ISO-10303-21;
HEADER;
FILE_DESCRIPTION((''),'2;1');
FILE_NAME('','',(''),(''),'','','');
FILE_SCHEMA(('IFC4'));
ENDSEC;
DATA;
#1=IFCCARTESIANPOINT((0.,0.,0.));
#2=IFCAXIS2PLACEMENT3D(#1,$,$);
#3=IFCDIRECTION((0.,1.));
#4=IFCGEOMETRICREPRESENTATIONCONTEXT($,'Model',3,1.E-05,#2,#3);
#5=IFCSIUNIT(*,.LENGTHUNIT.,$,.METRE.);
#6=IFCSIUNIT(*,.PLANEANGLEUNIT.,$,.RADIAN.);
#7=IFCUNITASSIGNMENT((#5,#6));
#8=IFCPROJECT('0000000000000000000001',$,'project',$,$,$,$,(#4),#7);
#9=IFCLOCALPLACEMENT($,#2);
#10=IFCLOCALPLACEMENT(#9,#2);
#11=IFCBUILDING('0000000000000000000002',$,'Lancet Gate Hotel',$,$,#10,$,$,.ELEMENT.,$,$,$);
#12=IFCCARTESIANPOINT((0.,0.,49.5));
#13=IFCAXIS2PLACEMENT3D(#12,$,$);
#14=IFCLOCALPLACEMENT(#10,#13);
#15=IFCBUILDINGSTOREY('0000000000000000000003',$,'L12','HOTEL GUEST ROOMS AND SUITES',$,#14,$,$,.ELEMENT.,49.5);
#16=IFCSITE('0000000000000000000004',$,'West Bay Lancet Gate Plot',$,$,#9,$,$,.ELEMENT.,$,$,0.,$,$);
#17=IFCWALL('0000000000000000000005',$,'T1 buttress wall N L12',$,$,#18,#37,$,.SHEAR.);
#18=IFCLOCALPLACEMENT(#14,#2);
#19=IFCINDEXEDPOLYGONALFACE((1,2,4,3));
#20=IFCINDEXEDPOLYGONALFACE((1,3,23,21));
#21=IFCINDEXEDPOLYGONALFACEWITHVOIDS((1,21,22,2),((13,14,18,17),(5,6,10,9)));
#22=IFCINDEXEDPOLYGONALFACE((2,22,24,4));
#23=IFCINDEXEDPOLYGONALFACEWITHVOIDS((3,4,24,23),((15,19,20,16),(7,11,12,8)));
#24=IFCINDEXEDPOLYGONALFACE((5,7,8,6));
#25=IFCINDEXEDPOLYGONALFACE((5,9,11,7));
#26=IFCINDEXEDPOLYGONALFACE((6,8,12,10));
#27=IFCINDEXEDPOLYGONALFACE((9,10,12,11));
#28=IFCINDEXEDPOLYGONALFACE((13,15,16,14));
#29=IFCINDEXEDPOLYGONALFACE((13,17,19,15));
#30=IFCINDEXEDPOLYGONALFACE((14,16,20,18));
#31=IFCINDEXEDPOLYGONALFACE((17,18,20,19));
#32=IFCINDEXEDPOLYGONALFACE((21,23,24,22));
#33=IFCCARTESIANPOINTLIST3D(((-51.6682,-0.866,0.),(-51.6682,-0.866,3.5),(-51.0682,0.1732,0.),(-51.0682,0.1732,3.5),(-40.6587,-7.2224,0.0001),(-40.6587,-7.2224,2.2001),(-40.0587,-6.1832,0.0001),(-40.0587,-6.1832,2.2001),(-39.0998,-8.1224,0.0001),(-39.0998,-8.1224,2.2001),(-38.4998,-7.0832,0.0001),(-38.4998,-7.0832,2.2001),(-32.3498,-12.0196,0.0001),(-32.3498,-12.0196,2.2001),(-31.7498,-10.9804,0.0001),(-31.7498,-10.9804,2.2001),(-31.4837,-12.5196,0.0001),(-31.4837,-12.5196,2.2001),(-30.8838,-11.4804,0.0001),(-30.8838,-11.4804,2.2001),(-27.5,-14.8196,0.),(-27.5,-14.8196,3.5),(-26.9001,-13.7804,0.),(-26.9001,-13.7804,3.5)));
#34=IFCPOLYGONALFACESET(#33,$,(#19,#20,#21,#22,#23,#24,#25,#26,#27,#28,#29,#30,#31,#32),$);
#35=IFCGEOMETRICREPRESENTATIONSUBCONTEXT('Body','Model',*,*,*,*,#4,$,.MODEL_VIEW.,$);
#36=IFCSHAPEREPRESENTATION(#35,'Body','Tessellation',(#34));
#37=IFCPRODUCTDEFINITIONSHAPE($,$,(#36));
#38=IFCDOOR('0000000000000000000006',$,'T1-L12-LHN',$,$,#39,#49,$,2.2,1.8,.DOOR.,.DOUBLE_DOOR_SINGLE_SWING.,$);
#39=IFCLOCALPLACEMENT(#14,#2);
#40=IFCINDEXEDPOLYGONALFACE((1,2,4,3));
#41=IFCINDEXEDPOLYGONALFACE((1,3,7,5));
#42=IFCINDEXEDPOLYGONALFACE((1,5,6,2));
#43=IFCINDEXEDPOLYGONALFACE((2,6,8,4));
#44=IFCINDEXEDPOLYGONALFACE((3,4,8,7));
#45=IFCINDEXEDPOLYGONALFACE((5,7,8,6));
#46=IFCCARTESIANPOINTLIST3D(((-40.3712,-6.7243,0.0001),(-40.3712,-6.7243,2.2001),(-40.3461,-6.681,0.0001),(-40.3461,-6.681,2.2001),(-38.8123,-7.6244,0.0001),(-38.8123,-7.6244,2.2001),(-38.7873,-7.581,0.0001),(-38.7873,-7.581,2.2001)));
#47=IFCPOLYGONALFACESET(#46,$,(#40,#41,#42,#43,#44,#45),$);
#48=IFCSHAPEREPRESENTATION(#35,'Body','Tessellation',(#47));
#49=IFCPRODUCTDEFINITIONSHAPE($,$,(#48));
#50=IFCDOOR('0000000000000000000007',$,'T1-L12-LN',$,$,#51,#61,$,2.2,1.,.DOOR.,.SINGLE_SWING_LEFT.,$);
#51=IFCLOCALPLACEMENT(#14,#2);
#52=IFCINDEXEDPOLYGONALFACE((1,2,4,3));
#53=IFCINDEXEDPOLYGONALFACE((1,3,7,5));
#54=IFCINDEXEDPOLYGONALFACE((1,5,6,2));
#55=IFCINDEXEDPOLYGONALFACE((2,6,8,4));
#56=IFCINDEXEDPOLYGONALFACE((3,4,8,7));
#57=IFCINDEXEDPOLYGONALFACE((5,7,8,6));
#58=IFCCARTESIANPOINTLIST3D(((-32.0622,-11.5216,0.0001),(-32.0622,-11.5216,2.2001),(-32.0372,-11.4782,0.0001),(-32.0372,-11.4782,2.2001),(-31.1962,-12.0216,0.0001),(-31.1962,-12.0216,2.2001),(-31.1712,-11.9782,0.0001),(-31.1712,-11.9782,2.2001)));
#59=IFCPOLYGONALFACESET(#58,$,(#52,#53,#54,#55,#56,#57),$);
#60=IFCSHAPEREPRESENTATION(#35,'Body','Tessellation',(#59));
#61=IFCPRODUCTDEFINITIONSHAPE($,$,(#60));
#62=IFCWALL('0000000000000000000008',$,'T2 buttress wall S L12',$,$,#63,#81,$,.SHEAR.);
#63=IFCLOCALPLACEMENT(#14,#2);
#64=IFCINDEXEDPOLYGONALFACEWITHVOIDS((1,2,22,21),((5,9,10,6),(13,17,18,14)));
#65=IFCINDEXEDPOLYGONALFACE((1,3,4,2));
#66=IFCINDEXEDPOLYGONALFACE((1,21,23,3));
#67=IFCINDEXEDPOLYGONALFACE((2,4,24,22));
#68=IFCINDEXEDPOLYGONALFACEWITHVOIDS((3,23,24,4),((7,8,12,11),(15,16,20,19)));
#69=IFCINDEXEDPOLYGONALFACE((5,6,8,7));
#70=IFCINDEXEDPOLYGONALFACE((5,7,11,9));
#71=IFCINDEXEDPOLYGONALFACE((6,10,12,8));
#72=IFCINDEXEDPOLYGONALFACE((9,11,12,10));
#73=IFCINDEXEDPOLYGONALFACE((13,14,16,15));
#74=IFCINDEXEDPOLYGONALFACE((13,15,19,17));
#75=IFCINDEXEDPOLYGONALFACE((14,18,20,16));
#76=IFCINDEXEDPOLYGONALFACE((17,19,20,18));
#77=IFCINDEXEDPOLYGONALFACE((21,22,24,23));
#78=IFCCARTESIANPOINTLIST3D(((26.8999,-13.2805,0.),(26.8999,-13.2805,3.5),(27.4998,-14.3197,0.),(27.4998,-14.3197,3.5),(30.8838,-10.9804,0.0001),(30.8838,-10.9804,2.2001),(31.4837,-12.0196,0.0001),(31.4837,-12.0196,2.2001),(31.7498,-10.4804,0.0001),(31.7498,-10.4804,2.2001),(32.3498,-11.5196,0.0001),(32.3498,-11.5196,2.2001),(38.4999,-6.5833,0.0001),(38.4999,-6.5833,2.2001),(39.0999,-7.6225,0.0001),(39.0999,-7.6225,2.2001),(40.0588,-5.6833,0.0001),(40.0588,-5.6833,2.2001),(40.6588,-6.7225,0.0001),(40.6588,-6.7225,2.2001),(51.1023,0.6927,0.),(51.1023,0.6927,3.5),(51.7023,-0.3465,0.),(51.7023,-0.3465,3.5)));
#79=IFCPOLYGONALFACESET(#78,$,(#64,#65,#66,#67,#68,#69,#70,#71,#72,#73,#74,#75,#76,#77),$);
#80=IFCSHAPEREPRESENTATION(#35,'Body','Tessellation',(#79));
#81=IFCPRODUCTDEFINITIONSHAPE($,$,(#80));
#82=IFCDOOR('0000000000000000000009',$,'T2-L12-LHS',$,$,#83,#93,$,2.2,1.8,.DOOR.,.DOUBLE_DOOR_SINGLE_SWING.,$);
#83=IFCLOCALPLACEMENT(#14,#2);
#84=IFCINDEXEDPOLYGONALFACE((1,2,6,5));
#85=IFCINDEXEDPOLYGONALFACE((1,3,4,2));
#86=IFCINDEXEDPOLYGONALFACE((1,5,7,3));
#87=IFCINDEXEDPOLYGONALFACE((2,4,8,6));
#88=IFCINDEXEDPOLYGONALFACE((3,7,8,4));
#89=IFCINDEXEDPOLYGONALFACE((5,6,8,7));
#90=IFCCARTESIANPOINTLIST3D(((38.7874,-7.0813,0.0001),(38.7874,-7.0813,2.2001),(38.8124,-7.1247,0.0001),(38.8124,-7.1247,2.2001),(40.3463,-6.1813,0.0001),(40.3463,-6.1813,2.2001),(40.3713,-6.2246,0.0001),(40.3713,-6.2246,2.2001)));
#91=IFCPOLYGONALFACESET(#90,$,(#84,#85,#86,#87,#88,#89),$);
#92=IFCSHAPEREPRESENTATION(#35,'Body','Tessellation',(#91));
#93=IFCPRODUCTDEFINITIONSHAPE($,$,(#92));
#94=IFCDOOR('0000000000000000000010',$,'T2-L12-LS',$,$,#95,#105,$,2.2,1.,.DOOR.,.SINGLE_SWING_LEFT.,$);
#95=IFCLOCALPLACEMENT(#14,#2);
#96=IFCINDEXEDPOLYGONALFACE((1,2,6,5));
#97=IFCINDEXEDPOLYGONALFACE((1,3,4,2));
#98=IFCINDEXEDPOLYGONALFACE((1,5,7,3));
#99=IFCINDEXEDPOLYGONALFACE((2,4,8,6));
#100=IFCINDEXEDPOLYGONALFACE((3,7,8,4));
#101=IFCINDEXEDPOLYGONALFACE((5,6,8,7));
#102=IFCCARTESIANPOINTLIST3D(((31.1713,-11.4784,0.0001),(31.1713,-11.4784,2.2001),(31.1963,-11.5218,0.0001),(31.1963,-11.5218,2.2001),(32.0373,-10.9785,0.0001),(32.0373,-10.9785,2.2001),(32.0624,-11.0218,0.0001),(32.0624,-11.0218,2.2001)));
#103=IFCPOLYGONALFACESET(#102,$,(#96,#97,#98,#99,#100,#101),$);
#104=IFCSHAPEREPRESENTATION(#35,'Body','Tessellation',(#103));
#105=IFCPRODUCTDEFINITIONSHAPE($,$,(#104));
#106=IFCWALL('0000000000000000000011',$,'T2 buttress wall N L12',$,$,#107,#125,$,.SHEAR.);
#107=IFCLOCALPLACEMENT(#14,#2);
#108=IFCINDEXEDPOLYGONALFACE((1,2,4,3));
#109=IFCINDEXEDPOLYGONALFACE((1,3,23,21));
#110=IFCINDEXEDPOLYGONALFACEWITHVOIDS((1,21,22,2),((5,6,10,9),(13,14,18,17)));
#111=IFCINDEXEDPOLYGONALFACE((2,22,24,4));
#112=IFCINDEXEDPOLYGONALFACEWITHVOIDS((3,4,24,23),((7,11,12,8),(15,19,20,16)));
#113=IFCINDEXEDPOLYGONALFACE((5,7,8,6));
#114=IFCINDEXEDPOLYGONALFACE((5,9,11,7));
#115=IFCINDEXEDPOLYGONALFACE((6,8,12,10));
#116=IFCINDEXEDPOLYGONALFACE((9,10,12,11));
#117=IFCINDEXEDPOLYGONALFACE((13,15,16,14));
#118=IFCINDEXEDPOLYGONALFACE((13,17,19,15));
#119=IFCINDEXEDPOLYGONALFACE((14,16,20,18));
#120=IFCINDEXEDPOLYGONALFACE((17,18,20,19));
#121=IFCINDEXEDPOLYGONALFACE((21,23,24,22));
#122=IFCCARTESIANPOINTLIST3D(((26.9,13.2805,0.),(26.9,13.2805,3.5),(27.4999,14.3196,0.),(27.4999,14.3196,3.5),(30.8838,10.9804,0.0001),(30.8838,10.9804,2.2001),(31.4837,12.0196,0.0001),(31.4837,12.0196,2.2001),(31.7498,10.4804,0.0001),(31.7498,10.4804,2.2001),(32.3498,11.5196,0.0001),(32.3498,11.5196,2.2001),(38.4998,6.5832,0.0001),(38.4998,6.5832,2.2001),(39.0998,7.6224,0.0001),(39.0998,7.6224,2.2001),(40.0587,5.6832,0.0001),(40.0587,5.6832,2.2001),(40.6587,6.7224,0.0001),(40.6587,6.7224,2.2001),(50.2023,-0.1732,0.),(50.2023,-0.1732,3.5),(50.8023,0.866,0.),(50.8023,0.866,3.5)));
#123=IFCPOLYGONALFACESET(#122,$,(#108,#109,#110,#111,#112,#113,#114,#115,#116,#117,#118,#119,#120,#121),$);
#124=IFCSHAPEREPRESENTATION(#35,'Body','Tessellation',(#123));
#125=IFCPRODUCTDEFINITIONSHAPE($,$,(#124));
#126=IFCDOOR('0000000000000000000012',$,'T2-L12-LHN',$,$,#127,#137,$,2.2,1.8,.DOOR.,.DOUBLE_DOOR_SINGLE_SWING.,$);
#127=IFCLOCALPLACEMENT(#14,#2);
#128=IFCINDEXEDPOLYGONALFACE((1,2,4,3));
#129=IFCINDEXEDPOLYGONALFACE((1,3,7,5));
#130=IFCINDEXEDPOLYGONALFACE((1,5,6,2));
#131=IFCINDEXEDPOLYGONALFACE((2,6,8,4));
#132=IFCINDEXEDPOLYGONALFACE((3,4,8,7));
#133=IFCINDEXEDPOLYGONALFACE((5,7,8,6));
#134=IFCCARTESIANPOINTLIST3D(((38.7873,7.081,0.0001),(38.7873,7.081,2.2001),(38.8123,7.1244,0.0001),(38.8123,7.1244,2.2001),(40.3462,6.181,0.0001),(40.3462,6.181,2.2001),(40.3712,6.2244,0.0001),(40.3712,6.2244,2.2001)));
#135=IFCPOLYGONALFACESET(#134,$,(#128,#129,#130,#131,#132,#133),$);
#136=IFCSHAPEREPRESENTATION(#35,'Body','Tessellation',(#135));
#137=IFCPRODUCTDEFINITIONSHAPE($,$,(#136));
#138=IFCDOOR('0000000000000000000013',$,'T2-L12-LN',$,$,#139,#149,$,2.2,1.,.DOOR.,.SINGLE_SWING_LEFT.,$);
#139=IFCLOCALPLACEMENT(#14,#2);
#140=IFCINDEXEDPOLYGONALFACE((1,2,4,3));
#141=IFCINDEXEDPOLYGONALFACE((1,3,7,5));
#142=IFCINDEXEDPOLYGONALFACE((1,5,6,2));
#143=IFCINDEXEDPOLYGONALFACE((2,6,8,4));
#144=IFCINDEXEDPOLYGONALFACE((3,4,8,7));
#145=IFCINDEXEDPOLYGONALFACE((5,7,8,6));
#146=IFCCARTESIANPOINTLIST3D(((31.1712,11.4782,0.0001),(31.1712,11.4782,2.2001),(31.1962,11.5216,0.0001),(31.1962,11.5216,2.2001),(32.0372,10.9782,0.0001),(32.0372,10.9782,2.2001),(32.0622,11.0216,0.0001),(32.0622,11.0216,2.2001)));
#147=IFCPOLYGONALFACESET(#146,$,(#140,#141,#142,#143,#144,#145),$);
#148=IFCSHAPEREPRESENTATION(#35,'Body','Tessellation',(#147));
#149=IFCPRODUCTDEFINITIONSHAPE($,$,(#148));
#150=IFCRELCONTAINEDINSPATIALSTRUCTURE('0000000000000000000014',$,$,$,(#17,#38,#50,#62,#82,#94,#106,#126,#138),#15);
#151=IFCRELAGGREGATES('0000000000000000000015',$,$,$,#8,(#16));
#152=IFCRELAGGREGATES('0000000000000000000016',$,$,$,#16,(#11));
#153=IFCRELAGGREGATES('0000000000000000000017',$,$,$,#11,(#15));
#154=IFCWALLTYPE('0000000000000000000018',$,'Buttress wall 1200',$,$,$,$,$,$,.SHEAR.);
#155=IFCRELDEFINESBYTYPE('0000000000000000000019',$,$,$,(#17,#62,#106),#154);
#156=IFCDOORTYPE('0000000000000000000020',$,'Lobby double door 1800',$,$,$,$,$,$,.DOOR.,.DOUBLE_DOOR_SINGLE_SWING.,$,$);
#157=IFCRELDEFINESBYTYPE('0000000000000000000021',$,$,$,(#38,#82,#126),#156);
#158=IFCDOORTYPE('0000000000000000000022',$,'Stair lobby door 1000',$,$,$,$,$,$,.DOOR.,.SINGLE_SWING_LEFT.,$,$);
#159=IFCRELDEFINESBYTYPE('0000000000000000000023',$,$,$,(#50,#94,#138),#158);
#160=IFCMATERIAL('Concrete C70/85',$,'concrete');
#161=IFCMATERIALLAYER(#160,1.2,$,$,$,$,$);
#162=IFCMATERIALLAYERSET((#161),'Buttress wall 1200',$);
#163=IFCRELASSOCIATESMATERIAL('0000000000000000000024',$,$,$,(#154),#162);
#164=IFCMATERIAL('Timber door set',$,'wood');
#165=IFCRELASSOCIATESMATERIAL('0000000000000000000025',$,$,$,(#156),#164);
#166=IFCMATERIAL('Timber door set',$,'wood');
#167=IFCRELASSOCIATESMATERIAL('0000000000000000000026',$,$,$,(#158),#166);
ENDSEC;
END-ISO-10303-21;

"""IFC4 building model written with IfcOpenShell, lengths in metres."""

from ifc_helpers import new_model, si_unit, direction, frame, frame_2d, origin, place, context, subcontext, project, spatial, rectangle, extrude, material, layer, layer_set, type_object, element, fill, save


model = new_model("IFC4")

# Units and contexts
model_context = context("Model", 3, precision=1e-05, world=origin(), true_north=direction((0.0, 1.0)))
body_context = subcontext(model_context, "Body", "Model", "MODEL_VIEW")
ifc_project = project(units=[si_unit("LENGTHUNIT", "METRE"), si_unit("PLANEANGLEUNIT", "RADIAN")], contexts=[model_context])

# Site, building, storey
site_placement = place(None, origin())
site = spatial("IfcSite", under=ifc_project, at=site_placement, Name="West Bay Lancet Gate Plot", CompositionType="ELEMENT", RefElevation=0.0)
building_placement = place(site_placement, origin())
building = spatial("IfcBuilding", under=site, at=building_placement, Name="Lancet Gate Hotel", CompositionType="ELEMENT")
storey_placement = place(building_placement, frame((0.0, 0.0, 49.5)))
storey = spatial("IfcBuildingStorey", under=building, at=storey_placement, Name="L12", Description="HOTEL GUEST ROOMS AND SUITES", CompositionType="ELEMENT", Elevation=49.5)

# Walls, openings, doors
ifc_material_1 = material(Name="Concrete C70/85", Category="concrete")
ifc_layer_1 = layer(ifc_material_1, 1.2)
ifc_layer_set_1 = layer_set([ifc_layer_1], Name="Buttress wall 1200")
wall_type = type_object("IfcWallType", Name="Buttress wall 1200", PredefinedType="SHEAR", material=ifc_layer_set_1)
wall_1_placement = place(storey_placement, frame((-27.2, -14.3, 0.0), z_axis=(0.0, 0.0, 1.0), x_axis=(-0.866024, 0.500002, 0.0)))
wall_1 = element("IfcWall", 1, at=wall_1_placement, inside=storey, type_object=wall_type, Name="T1 buttress wall N L12", PredefinedType="SHEAR", context=body_context, shape_type="SweptSolid", body=[
    extrude(rectangle(XDim=27.907, YDim=1.2, at=frame_2d((13.9536, 0.0))), origin(), (0.0, 0.0, 1.0), 3.5),
])
opening_1_placement = place(wall_1_placement, frame((4.6001, 0.0, 0.0)))
opening_1 = element("IfcOpeningElement", 2, at=opening_1_placement, cuts=wall_1, PredefinedType="OPENING", context=body_context, shape_type="SweptSolid", body=[
    extrude(rectangle(XDim=1.0, YDim=2.2, at=frame_2d((0.5, 1.1001))), frame((0.0, 0.6099, 0.0), z_axis=(0.0, -1.0, 0.0), x_axis=(1.0, 0.0, 0.0)), (0.0, 0.0, 1.0), 1.22),
])
opening_2_placement = place(wall_1_placement, frame((13.3945, 0.0, 0.0)))
opening_2 = element("IfcOpeningElement", 3, at=opening_2_placement, cuts=wall_1, PredefinedType="OPENING", context=body_context, shape_type="SweptSolid", body=[
    extrude(rectangle(XDim=1.8, YDim=2.2, at=frame_2d((0.8999, 1.1001))), frame((0.0, 0.6099, 0.0), z_axis=(0.0, -1.0, 0.0), x_axis=(1.0, 0.0, 0.0)), (0.0, 0.0, 1.0), 1.22),
])
ifc_material_2 = material(Name="Timber door set", Category="wood")
door_type_1 = type_object("IfcDoorType", Name="Lobby double door 1800", OperationType="DOUBLE_DOOR_SINGLE_SWING", PredefinedType="DOOR", material=ifc_material_2)
door_1_placement = place(opening_2_placement, origin())
door_1 = element("IfcDoor", 4, at=door_1_placement, inside=storey, type_object=door_type_1, Name="T1-L12-LHN", OperationType="DOUBLE_DOOR_SINGLE_SWING", OverallHeight=2.2, OverallWidth=1.8, PredefinedType="DOOR", context=body_context, shape_type="SweptSolid", body=[
    extrude(rectangle(XDim=1.8, YDim=2.2, at=frame_2d((0.8999, 1.1001))), frame((0.0, 0.0249, 0.0), z_axis=(0.0, -1.0, 0.0), x_axis=(1.0, 0.0, 0.0)), (0.0, 0.0, 1.0), 0.05),
])
fill(opening_2, door_1)
ifc_material_3 = material(Name="Timber door set", Category="wood")
door_type_2 = type_object("IfcDoorType", Name="Stair lobby door 1000", OperationType="SINGLE_SWING_LEFT", PredefinedType="DOOR", material=ifc_material_3)
door_2_placement = place(opening_1_placement, origin())
door_2 = element("IfcDoor", 5, at=door_2_placement, inside=storey, type_object=door_type_2, Name="T1-L12-LN", OperationType="SINGLE_SWING_LEFT", OverallHeight=2.2, OverallWidth=1.0, PredefinedType="DOOR", context=body_context, shape_type="SweptSolid", body=[
    extrude(rectangle(XDim=1.0, YDim=2.2, at=frame_2d((0.5, 1.1001))), frame((0.0, 0.0249, 0.0), z_axis=(0.0, -1.0, 0.0), x_axis=(1.0, 0.0, 0.0)), (0.0, 0.0, 1.0), 0.05),
])
fill(opening_1, door_2)
wall_2_placement = place(storey_placement, frame((27.2, -13.8, 0.0), z_axis=(0.0, 0.0, 1.0), x_axis=(0.866027, 0.499997, 0.0)))
wall_2 = element("IfcWall", 6, at=wall_2_placement, inside=storey, type_object=wall_type, Name="T2 buttress wall S L12", PredefinedType="SHEAR", context=body_context, shape_type="SweptSolid", body=[
    extrude(rectangle(XDim=27.9465, YDim=1.2, at=frame_2d((13.9731, 0.0))), origin(), (0.0, 0.0, 1.0), 3.5),
])
opening_3_placement = place(wall_2_placement, frame((4.6001, 0.0, 0.0)))
opening_3 = element("IfcOpeningElement", 7, at=opening_3_placement, cuts=wall_2, PredefinedType="OPENING", context=body_context, shape_type="SweptSolid", body=[
    extrude(rectangle(XDim=1.0, YDim=2.2, at=frame_2d((0.5, 1.1001))), frame((0.0, 0.6099, 0.0), z_axis=(0.0, -1.0, 0.0), x_axis=(1.0, 0.0, 0.0)), (0.0, 0.0, 1.0), 1.22),
])
opening_4_placement = place(wall_2_placement, frame((13.3945, 0.0, 0.0)))
opening_4 = element("IfcOpeningElement", 8, at=opening_4_placement, cuts=wall_2, PredefinedType="OPENING", context=body_context, shape_type="SweptSolid", body=[
    extrude(rectangle(XDim=1.8, YDim=2.2, at=frame_2d((0.8999, 1.1001))), frame((0.0, 0.6099, 0.0), z_axis=(0.0, -1.0, 0.0), x_axis=(1.0, 0.0, 0.0)), (0.0, 0.0, 1.0), 1.22),
])
door_3_placement = place(opening_4_placement, origin())
door_3 = element("IfcDoor", 9, at=door_3_placement, inside=storey, type_object=door_type_1, Name="T2-L12-LHS", OperationType="DOUBLE_DOOR_SINGLE_SWING", OverallHeight=2.2, OverallWidth=1.8, PredefinedType="DOOR", context=body_context, shape_type="SweptSolid", body=[
    extrude(rectangle(XDim=1.8, YDim=2.2, at=frame_2d((0.8999, 1.1001))), frame((0.0, 0.0249, 0.0), z_axis=(0.0, -1.0, 0.0), x_axis=(1.0, 0.0, 0.0)), (0.0, 0.0, 1.0), 0.05),
])
fill(opening_4, door_3)
door_4_placement = place(opening_3_placement, origin())
door_4 = element("IfcDoor", 10, at=door_4_placement, inside=storey, type_object=door_type_2, Name="T2-L12-LS", OperationType="SINGLE_SWING_LEFT", OverallHeight=2.2, OverallWidth=1.0, PredefinedType="DOOR", context=body_context, shape_type="SweptSolid", body=[
    extrude(rectangle(XDim=1.0, YDim=2.2, at=frame_2d((0.5, 1.1001))), frame((0.0, 0.0249, 0.0), z_axis=(0.0, -1.0, 0.0), x_axis=(1.0, 0.0, 0.0)), (0.0, 0.0, 1.0), 0.05),
])
fill(opening_3, door_4)
wall_3_placement = place(storey_placement, frame((27.2, 13.8, 0.0), z_axis=(0.0, 0.0, 1.0), x_axis=(0.866025, -0.500002, 0.0)))
wall_3 = element("IfcWall", 11, at=wall_3_placement, inside=storey, type_object=wall_type, Name="T2 buttress wall N L12", PredefinedType="SHEAR", context=body_context, shape_type="SweptSolid", body=[
    extrude(rectangle(XDim=26.9072, YDim=1.2, at=frame_2d((13.4536, 0.0))), origin(), (0.0, 0.0, 1.0), 3.5),
])
opening_5_placement = place(wall_3_placement, frame((4.6001, 0.0, 0.0)))
opening_5 = element("IfcOpeningElement", 12, at=opening_5_placement, cuts=wall_3, PredefinedType="OPENING", context=body_context, shape_type="SweptSolid", body=[
    extrude(rectangle(XDim=1.0, YDim=2.2, at=frame_2d((0.5, 1.1001))), frame((0.0, 0.6099, 0.0), z_axis=(0.0, -1.0, 0.0), x_axis=(1.0, 0.0, 0.0)), (0.0, 0.0, 1.0), 1.22),
])
opening_6_placement = place(wall_3_placement, frame((13.3945, 0.0, 0.0)))
opening_6 = element("IfcOpeningElement", 13, at=opening_6_placement, cuts=wall_3, PredefinedType="OPENING", context=body_context, shape_type="SweptSolid", body=[
    extrude(rectangle(XDim=1.8, YDim=2.2, at=frame_2d((0.8999, 1.1001))), frame((0.0, 0.6099, 0.0), z_axis=(0.0, -1.0, 0.0), x_axis=(1.0, 0.0, 0.0)), (0.0, 0.0, 1.0), 1.22),
])
door_5_placement = place(opening_6_placement, origin())
door_5 = element("IfcDoor", 14, at=door_5_placement, inside=storey, type_object=door_type_1, Name="T2-L12-LHN", OperationType="DOUBLE_DOOR_SINGLE_SWING", OverallHeight=2.2, OverallWidth=1.8, PredefinedType="DOOR", context=body_context, shape_type="SweptSolid", body=[
    extrude(rectangle(XDim=1.8, YDim=2.2, at=frame_2d((0.8999, 1.1001))), frame((0.0, 0.0249, 0.0), z_axis=(0.0, -1.0, 0.0), x_axis=(1.0, 0.0, 0.0)), (0.0, 0.0, 1.0), 0.05),
])
fill(opening_6, door_5)
door_6_placement = place(opening_5_placement, origin())
door_6 = element("IfcDoor", 15, at=door_6_placement, inside=storey, type_object=door_type_2, Name="T2-L12-LN", OperationType="SINGLE_SWING_LEFT", OverallHeight=2.2, OverallWidth=1.0, PredefinedType="DOOR", context=body_context, shape_type="SweptSolid", body=[
    extrude(rectangle(XDim=1.0, YDim=2.2, at=frame_2d((0.5, 1.1001))), frame((0.0, 0.0249, 0.0), z_axis=(0.0, -1.0, 0.0), x_axis=(1.0, 0.0, 0.0)), (0.0, 0.0, 1.0), 0.05),
])
fill(opening_5, door_6)

save(model, "model.ifc")
